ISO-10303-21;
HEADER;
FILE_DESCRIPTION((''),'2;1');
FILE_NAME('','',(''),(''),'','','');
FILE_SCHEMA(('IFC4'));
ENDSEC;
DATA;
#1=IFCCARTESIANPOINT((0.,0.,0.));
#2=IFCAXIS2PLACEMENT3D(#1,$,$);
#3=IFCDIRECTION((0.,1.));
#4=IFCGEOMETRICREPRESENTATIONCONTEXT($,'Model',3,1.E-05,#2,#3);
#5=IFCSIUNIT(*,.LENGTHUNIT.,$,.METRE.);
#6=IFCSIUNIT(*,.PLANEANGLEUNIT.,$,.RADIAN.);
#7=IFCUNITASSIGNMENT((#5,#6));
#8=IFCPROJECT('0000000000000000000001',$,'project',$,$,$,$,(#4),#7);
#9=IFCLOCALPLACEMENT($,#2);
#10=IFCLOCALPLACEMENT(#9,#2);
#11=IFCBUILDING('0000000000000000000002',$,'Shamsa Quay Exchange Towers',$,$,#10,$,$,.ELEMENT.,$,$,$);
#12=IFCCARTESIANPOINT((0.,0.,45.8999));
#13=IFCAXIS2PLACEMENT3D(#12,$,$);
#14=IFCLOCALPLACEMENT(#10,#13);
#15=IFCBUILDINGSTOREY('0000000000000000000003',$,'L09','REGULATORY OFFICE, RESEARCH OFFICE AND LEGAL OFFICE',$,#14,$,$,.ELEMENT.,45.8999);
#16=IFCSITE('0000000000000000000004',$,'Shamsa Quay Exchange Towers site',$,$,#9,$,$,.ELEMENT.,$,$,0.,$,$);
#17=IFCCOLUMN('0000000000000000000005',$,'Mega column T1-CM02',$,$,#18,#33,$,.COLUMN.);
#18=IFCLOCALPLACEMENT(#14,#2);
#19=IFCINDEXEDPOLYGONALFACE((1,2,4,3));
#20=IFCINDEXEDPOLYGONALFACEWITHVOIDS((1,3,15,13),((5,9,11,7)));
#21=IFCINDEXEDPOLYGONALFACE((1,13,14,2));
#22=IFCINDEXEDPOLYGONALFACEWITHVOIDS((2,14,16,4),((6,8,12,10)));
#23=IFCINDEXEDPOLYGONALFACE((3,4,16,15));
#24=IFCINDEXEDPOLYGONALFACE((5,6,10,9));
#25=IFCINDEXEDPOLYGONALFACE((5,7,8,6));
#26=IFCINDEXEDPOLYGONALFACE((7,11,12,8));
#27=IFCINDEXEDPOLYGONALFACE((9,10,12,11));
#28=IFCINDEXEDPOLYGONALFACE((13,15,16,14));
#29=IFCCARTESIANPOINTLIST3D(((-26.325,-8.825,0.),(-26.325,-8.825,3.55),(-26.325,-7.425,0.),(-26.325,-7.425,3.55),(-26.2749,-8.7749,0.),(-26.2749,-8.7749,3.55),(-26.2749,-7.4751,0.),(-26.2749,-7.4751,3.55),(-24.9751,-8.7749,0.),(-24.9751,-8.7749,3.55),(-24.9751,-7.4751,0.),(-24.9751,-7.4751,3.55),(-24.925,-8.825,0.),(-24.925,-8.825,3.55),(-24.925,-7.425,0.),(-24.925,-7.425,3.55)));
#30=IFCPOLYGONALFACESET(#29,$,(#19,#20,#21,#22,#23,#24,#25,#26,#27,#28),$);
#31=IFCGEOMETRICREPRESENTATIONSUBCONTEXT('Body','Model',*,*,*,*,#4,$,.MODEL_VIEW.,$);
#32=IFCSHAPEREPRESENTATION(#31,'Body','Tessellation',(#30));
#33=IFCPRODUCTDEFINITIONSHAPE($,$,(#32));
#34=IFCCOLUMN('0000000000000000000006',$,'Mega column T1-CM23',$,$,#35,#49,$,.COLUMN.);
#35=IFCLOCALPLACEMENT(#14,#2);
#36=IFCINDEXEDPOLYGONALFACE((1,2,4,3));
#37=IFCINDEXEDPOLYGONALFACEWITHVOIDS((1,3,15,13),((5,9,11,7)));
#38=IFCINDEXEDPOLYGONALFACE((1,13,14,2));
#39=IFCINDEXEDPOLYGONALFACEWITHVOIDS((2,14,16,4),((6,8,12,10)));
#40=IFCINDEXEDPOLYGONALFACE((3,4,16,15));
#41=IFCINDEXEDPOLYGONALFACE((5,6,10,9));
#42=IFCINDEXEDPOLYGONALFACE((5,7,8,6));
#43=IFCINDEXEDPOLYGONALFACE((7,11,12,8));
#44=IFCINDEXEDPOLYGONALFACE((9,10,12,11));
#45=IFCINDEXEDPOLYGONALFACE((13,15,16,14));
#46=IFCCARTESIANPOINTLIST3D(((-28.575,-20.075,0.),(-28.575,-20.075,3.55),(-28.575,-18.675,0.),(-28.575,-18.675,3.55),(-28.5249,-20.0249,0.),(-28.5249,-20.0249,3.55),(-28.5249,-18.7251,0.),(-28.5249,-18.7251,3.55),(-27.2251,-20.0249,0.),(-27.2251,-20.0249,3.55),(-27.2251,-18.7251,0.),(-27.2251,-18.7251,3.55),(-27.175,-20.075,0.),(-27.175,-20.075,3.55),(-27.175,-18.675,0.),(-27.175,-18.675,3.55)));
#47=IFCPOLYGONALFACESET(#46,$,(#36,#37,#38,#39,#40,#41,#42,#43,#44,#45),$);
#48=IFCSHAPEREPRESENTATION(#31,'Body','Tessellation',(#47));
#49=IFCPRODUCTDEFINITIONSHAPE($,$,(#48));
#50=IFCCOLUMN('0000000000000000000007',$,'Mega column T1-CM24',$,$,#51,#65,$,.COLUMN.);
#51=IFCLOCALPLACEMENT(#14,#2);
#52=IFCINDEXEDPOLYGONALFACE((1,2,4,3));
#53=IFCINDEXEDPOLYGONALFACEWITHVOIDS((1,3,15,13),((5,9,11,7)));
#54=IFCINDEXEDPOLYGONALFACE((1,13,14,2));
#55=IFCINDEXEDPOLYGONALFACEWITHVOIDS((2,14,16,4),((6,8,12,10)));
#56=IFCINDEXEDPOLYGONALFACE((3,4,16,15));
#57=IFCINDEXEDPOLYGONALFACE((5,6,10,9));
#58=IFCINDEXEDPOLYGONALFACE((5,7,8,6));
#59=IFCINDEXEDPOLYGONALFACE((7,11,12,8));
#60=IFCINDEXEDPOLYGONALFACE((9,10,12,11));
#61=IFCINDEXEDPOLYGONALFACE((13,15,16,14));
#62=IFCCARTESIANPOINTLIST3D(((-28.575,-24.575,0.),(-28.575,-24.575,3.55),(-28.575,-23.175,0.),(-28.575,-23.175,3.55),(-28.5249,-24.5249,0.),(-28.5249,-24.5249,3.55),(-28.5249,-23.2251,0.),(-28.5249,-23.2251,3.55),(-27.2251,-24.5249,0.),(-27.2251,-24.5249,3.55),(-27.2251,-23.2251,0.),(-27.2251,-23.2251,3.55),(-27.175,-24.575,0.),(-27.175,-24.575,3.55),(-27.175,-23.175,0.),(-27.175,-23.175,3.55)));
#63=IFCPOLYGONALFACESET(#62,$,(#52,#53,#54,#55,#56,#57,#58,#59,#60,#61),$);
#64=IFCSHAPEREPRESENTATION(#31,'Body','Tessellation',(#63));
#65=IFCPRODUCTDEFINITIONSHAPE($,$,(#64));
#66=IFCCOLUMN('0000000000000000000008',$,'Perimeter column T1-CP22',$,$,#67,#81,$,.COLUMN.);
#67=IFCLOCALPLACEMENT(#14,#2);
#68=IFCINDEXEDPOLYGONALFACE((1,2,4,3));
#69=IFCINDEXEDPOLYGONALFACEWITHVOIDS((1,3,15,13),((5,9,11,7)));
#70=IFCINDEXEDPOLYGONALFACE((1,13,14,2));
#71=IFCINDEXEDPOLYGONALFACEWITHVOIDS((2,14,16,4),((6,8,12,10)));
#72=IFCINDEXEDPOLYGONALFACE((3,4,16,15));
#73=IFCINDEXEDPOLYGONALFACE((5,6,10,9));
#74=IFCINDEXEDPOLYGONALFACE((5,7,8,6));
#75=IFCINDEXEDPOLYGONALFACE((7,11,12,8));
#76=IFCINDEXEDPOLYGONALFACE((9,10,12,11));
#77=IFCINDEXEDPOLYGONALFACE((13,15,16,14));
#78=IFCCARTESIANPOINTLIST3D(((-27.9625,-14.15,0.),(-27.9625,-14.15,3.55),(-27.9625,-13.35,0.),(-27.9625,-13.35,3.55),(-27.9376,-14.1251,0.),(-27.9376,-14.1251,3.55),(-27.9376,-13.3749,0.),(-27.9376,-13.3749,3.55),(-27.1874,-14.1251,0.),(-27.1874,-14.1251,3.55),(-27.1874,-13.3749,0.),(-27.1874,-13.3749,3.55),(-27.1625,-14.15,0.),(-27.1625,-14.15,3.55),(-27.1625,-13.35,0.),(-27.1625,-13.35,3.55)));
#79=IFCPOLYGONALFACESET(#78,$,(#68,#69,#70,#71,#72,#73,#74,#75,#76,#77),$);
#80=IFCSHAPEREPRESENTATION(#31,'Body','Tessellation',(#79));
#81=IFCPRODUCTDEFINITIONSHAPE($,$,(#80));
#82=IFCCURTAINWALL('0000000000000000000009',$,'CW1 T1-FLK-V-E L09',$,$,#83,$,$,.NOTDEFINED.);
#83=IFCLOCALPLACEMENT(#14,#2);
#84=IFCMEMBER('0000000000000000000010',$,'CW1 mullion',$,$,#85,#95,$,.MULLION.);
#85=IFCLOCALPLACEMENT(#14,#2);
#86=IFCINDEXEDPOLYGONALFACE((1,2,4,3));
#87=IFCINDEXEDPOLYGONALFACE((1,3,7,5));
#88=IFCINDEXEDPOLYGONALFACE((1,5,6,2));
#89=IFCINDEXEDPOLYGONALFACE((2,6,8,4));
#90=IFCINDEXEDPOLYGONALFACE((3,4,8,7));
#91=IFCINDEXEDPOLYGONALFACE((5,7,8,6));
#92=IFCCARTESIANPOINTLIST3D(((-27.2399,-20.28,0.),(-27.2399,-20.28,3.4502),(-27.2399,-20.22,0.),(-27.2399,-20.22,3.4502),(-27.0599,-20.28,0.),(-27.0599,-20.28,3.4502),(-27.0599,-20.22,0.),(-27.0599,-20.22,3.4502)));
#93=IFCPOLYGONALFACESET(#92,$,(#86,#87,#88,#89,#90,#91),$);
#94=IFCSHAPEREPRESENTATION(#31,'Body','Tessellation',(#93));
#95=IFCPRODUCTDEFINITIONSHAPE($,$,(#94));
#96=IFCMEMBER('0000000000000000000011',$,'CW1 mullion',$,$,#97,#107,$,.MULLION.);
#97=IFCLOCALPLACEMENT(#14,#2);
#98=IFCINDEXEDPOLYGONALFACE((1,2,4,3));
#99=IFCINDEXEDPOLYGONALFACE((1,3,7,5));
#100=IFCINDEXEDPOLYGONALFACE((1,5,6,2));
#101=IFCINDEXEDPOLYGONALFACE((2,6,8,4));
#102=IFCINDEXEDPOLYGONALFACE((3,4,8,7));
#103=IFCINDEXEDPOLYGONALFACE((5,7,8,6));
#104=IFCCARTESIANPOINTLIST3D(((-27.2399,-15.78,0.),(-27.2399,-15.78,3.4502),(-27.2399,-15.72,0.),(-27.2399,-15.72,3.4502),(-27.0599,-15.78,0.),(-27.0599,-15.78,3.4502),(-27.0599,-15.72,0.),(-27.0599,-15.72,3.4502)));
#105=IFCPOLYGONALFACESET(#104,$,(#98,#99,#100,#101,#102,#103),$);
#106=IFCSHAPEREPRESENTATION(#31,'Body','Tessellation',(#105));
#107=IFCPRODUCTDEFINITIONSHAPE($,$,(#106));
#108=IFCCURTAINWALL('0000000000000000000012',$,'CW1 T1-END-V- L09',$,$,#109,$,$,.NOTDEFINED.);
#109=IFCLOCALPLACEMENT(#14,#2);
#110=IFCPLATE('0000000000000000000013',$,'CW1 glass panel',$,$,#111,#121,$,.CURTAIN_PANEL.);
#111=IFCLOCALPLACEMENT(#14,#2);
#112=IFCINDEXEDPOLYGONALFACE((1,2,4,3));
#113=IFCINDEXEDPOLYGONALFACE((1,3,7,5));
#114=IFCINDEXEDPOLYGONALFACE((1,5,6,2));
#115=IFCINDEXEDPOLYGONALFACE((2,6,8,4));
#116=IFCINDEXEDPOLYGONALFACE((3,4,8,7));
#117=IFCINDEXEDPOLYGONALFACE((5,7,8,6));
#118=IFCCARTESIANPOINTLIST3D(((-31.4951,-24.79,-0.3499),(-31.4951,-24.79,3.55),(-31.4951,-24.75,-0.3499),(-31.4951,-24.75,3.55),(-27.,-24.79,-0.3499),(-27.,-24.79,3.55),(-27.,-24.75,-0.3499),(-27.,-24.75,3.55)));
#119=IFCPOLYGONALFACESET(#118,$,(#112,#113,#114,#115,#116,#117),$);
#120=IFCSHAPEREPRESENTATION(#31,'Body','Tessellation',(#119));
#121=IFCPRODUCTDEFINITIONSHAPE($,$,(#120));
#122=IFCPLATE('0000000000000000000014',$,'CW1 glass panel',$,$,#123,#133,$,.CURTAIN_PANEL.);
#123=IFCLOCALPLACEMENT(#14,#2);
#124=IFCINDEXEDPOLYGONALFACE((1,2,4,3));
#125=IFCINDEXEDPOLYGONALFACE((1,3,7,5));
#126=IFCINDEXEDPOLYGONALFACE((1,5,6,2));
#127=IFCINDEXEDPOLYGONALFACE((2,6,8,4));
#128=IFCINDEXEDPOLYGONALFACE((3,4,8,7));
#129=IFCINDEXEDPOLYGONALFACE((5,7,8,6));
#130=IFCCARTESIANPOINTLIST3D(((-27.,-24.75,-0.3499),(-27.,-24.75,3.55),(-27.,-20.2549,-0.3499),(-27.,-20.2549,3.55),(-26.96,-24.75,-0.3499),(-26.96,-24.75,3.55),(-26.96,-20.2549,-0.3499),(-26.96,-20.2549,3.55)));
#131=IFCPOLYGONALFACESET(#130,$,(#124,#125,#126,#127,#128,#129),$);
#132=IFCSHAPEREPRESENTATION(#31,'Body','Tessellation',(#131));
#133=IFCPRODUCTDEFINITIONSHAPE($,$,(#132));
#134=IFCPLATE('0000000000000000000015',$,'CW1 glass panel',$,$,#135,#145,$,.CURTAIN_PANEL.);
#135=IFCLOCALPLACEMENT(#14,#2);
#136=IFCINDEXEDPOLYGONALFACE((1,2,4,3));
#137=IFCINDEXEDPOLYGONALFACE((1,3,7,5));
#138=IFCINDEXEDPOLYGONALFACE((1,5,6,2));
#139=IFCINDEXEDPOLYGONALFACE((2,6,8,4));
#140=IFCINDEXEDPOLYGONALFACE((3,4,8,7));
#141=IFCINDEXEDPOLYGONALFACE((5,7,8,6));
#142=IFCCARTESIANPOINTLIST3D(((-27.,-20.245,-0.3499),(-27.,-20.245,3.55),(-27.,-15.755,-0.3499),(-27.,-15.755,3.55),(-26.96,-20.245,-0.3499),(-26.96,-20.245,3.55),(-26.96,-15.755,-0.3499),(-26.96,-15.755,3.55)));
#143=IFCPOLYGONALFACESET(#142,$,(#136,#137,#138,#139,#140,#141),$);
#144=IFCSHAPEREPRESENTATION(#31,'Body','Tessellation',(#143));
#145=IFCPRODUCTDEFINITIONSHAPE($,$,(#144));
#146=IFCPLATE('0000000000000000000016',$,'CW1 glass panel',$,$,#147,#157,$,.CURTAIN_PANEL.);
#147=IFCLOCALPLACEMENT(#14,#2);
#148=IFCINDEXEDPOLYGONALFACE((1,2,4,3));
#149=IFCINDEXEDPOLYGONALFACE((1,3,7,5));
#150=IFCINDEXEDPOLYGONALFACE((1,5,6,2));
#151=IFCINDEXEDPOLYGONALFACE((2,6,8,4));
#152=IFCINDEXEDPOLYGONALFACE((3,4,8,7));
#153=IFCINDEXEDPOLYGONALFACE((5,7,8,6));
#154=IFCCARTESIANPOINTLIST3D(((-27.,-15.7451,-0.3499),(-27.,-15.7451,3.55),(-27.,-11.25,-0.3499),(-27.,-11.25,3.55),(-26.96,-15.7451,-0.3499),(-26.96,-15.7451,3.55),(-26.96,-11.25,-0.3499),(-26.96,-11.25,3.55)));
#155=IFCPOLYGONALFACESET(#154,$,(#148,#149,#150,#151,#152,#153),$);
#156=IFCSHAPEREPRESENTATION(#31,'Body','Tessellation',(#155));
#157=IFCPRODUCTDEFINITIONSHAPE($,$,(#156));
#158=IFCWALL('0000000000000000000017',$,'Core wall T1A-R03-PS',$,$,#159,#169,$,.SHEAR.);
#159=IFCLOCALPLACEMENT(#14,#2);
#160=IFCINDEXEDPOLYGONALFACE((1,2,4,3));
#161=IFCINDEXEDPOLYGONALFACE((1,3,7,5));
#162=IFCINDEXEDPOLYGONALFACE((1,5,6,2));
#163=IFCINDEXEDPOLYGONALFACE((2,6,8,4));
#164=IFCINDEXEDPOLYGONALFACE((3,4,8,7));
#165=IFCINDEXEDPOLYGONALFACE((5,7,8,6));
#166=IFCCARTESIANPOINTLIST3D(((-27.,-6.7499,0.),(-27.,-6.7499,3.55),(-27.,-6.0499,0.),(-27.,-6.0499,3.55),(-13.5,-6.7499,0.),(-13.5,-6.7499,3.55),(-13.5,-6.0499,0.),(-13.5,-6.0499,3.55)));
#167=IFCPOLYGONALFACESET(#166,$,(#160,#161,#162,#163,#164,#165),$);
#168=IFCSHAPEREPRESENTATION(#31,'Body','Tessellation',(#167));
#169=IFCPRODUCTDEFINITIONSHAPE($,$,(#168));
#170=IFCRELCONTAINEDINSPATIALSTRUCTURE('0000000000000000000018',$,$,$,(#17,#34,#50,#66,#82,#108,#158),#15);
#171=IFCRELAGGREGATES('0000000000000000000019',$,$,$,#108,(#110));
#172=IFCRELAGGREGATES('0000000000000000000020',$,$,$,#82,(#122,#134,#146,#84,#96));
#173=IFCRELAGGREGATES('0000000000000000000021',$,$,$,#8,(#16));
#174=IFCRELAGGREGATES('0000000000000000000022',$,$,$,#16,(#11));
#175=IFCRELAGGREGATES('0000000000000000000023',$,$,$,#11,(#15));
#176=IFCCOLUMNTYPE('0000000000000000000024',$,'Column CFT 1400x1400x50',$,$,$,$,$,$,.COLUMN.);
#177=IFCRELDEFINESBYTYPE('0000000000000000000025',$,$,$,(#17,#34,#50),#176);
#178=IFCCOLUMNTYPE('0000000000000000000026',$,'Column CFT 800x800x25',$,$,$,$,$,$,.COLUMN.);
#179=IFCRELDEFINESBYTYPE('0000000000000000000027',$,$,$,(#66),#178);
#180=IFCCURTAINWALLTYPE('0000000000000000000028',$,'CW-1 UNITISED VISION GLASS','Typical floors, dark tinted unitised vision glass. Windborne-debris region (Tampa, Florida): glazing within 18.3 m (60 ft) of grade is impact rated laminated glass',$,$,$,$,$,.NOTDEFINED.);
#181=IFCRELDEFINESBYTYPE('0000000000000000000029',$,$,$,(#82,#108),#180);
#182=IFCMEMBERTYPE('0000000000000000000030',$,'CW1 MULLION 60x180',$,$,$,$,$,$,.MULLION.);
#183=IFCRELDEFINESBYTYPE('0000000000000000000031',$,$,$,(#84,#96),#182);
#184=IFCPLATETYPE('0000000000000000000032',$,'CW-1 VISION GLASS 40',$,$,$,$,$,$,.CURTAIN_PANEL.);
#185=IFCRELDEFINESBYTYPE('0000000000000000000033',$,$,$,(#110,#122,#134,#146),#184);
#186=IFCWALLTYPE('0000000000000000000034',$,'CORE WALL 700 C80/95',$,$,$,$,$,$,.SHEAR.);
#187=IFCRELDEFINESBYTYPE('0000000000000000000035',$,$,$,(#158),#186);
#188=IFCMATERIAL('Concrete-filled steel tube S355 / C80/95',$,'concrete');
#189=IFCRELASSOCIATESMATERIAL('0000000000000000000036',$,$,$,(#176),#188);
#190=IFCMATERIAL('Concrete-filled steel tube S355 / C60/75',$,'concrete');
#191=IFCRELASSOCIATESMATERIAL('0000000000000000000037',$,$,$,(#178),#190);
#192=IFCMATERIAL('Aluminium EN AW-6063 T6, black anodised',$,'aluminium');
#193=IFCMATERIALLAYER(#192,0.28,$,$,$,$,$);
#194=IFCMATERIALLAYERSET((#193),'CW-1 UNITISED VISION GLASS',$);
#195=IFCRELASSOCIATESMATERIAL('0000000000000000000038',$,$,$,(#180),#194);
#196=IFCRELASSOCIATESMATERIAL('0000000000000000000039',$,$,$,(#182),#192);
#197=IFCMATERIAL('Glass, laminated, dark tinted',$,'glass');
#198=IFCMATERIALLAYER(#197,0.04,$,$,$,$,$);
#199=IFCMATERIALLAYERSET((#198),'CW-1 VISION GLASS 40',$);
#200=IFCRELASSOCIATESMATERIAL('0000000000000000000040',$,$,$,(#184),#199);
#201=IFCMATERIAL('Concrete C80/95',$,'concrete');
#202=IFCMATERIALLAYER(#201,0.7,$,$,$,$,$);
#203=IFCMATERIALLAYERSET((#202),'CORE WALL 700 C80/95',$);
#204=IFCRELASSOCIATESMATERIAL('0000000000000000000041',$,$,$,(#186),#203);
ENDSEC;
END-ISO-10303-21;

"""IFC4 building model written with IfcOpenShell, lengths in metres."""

from ifc_helpers import new_model, si_unit, direction, frame, frame_2d, origin, origin_2d, place, context, subcontext, project, spatial, rectangle, hollow_rectangle, extrude, material, layer, layer_set, material_profile, profile_set, type_object, element, aggregate, save


model = new_model("IFC4")

# Units and contexts
model_context = context("Model", 3, precision=1e-05, world=origin(), true_north=direction((0.0, 1.0)))
body_context = subcontext(model_context, "Body", "Model", "MODEL_VIEW")
ifc_project = project(units=[si_unit("LENGTHUNIT", "METRE"), si_unit("PLANEANGLEUNIT", "RADIAN")], contexts=[model_context])

# Site, building, storey
site_placement = place(None, origin())
site = spatial("IfcSite", under=ifc_project, at=site_placement, Name="Shamsa Quay Exchange Towers site", CompositionType="ELEMENT", RefElevation=0.0)
building_placement = place(site_placement, origin())
building = spatial("IfcBuilding", under=site, at=building_placement, Name="Shamsa Quay Exchange Towers", CompositionType="ELEMENT")
storey_placement = place(building_placement, frame((0.0, 0.0, 45.8999)))
storey = spatial("IfcBuildingStorey", under=building, at=storey_placement, Name="L09", Description="REGULATORY OFFICE, RESEARCH OFFICE AND LEGAL OFFICE", CompositionType="ELEMENT", Elevation=45.8999)

# Columns
ifc_material_1 = material(Name="Concrete-filled steel tube S355 / C80/95", Category="concrete")
ifc_material_profile_1 = material_profile(ifc_material_1, hollow_rectangle(XDim=1.3999, YDim=1.3999, WallThickness=0.05, at=origin_2d()), Name="CFT 1400x1400x50")
ifc_profile_set_1 = profile_set([ifc_material_profile_1], Name="Concrete-filled steel tube S355 / C80/95")
column_type_1 = type_object("IfcColumnType", Name="Column CFT 1400x1400x50", PredefinedType="COLUMN", material=ifc_profile_set_1)
for number, where, name in (
    (1, (-25.625, -8.125, 0.0), "Mega column T1-CM02"),
    (2, (-27.875, -19.375, 0.0), "Mega column T1-CM23"),
    (3, (-27.875, -23.875, 0.0), "Mega column T1-CM24"),
):
    element("IfcColumn", number, at=place(storey_placement, frame(where)), inside=storey, type_object=column_type_1, Name=name, PredefinedType="COLUMN", context=body_context, shape_type="SweptSolid", body=[
        extrude(hollow_rectangle(XDim=1.3999, YDim=1.3999, WallThickness=0.05, at=origin_2d()), origin(), (0.0, 0.0, 1.0), 3.55),
    ])
ifc_material_2 = material(Name="Concrete-filled steel tube S355 / C60/75", Category="concrete")
ifc_material_profile_2 = material_profile(ifc_material_2, hollow_rectangle(XDim=0.8, YDim=0.8, WallThickness=0.0249, at=origin_2d()), Name="CFT 800x800x25")
ifc_profile_set_2 = profile_set([ifc_material_profile_2], Name="Concrete-filled steel tube S355 / C60/75")
column_type_2 = type_object("IfcColumnType", Name="Column CFT 800x800x25", PredefinedType="COLUMN", material=ifc_profile_set_2)
column_placement = place(storey_placement, frame((-27.5625, -13.75, 0.0)))
element("IfcColumn", 4, at=column_placement, inside=storey, type_object=column_type_2, Name="Perimeter column T1-CP22", PredefinedType="COLUMN", context=body_context, shape_type="SweptSolid", body=[
    extrude(hollow_rectangle(XDim=0.8, YDim=0.8, WallThickness=0.0249, at=origin_2d()), origin(), (0.0, 0.0, 1.0), 3.55),
])

# Curtain wall, members
ifc_material_3 = material(Name="Aluminium EN AW-6063 T6, black anodised", Category="aluminium")
ifc_layer_1 = layer(ifc_material_3, 0.28)
ifc_layer_set_1 = layer_set([ifc_layer_1], Name="CW-1 UNITISED VISION GLASS")
curtain_wall_type = type_object("IfcCurtainWallType", Name="CW-1 UNITISED VISION GLASS", Description="Typical floors, dark tinted unitised vision glass. Windborne-debris region (Tampa, Florida): glazing within 18.3 m (60 ft) of grade is impact rated laminated glass", PredefinedType="NOTDEFINED", material=ifc_layer_set_1)
curtain_wall_1_placement = place(storey_placement, origin())
curtain_wall_1 = element("IfcCurtainWall", 5, at=curtain_wall_1_placement, inside=storey, type_object=curtain_wall_type, Name="CW1 T1-FLK-V-E L09", PredefinedType="NOTDEFINED")
ifc_material_profile_3 = material_profile(ifc_material_3, rectangle(XDim=0.1799, YDim=0.0601, at=origin_2d()), Name="MU60x180")
ifc_profile_set_3 = profile_set([ifc_material_profile_3], Name="Aluminium EN AW-6063 T6, black anodised")
member_type = type_object("IfcMemberType", Name="CW1 MULLION 60x180", PredefinedType="MULLION", material=ifc_profile_set_3)
member_1_placement = place(storey_placement, frame((-27.1499, -20.25, 0.0), z_axis=(0.0, 0.0, 1.0), x_axis=(-1.0, 0.0, 0.0)))
member_1 = element("IfcMember", 6, at=member_1_placement, type_object=member_type, Name="CW1 mullion", PredefinedType="MULLION", context=body_context, shape_type="SweptSolid", body=[
    extrude(rectangle(XDim=0.1799, YDim=0.0601, at=origin_2d()), origin(), (0.0, 0.0, 1.0), 3.4502),
])
member_2_placement = place(storey_placement, frame((-27.1499, -15.75, 0.0), z_axis=(0.0, 0.0, 1.0), x_axis=(-1.0, 0.0, 0.0)))
member_2 = element("IfcMember", 7, at=member_2_placement, type_object=member_type, Name="CW1 mullion", PredefinedType="MULLION", context=body_context, shape_type="SweptSolid", body=[
    extrude(rectangle(XDim=0.1799, YDim=0.0601, at=origin_2d()), origin(), (0.0, 0.0, 1.0), 3.4502),
])

# Curtain wall, plate
curtain_wall_2_placement = place(storey_placement, origin())
curtain_wall_2 = element("IfcCurtainWall", 8, at=curtain_wall_2_placement, inside=storey, type_object=curtain_wall_type, Name="CW1 T1-END-V- L09", PredefinedType="NOTDEFINED")
ifc_material_4 = material(Name="Glass, laminated, dark tinted", Category="glass")
ifc_layer_2 = layer(ifc_material_4, 0.04)
ifc_layer_set_2 = layer_set([ifc_layer_2], Name="CW-1 VISION GLASS 40")
plate_type = type_object("IfcPlateType", Name="CW-1 VISION GLASS 40", PredefinedType="CURTAIN_PANEL", material=ifc_layer_set_2)
plate_1_placement = place(storey_placement, frame((-29.2476, -24.77, -0.3499)))
plate_1 = element("IfcPlate", 9, at=plate_1_placement, type_object=plate_type, Name="CW1 glass panel", PredefinedType="CURTAIN_PANEL", context=body_context, shape_type="SweptSolid", body=[
    extrude(rectangle(XDim=4.4951, YDim=0.04, at=origin_2d()), origin(), (0.0, 0.0, 1.0), 3.8999),
])
aggregate(curtain_wall_2, [plate_1])

# Plates
plate_2_placement = place(storey_placement, frame((-26.98, -22.5024, -0.3499), z_axis=(0.0, 0.0, 1.0), x_axis=(0.0, 1.0, 0.0)))
plate_2 = element("IfcPlate", 10, at=plate_2_placement, type_object=plate_type, Name="CW1 glass panel", PredefinedType="CURTAIN_PANEL", context=body_context, shape_type="SweptSolid", body=[
    extrude(rectangle(XDim=4.4951, YDim=0.04, at=origin_2d()), origin(), (0.0, 0.0, 1.0), 3.8999),
])
plate_3_placement = place(storey_placement, frame((-26.98, -18.0, -0.3499), z_axis=(0.0, 0.0, 1.0), x_axis=(0.0, 1.0, 0.0)))
plate_3 = element("IfcPlate", 11, at=plate_3_placement, type_object=plate_type, Name="CW1 glass panel", PredefinedType="CURTAIN_PANEL", context=body_context, shape_type="SweptSolid", body=[
    extrude(rectangle(XDim=4.49, YDim=0.04, at=origin_2d()), origin(), (0.0, 0.0, 1.0), 3.8999),
])
plate_4_placement = place(storey_placement, frame((-26.98, -13.4976, -0.3499), z_axis=(0.0, 0.0, 1.0), x_axis=(0.0, 1.0, 0.0)))
plate_4 = element("IfcPlate", 12, at=plate_4_placement, type_object=plate_type, Name="CW1 glass panel", PredefinedType="CURTAIN_PANEL", context=body_context, shape_type="SweptSolid", body=[
    extrude(rectangle(XDim=4.4951, YDim=0.04, at=origin_2d()), origin(), (0.0, 0.0, 1.0), 3.8999),
])
aggregate(curtain_wall_1, [plate_2, plate_3, plate_4, member_1, member_2])

# Wall
ifc_material_5 = material(Name="Concrete C80/95", Category="concrete")
ifc_layer_3 = layer(ifc_material_5, 0.7)
ifc_layer_set_3 = layer_set([ifc_layer_3], Name="CORE WALL 700 C80/95")
wall_type_1 = type_object("IfcWallType", Name="CORE WALL 700 C80/95", PredefinedType="SHEAR", material=ifc_layer_set_3)
wall_1_placement = place(storey_placement, frame((-27.0, -6.3999, 0.0)))
element("IfcWall", 13, at=wall_1_placement, inside=storey, type_object=wall_type_1, Name="Core wall T1A-R03-PS", PredefinedType="SHEAR", context=body_context, shape_type="SweptSolid", body=[
    extrude(rectangle(XDim=13.5, YDim=0.7, at=frame_2d((6.75, 0.0))), origin(), (0.0, 0.0, 1.0), 3.55),
])

save(model, "model.ifc")
